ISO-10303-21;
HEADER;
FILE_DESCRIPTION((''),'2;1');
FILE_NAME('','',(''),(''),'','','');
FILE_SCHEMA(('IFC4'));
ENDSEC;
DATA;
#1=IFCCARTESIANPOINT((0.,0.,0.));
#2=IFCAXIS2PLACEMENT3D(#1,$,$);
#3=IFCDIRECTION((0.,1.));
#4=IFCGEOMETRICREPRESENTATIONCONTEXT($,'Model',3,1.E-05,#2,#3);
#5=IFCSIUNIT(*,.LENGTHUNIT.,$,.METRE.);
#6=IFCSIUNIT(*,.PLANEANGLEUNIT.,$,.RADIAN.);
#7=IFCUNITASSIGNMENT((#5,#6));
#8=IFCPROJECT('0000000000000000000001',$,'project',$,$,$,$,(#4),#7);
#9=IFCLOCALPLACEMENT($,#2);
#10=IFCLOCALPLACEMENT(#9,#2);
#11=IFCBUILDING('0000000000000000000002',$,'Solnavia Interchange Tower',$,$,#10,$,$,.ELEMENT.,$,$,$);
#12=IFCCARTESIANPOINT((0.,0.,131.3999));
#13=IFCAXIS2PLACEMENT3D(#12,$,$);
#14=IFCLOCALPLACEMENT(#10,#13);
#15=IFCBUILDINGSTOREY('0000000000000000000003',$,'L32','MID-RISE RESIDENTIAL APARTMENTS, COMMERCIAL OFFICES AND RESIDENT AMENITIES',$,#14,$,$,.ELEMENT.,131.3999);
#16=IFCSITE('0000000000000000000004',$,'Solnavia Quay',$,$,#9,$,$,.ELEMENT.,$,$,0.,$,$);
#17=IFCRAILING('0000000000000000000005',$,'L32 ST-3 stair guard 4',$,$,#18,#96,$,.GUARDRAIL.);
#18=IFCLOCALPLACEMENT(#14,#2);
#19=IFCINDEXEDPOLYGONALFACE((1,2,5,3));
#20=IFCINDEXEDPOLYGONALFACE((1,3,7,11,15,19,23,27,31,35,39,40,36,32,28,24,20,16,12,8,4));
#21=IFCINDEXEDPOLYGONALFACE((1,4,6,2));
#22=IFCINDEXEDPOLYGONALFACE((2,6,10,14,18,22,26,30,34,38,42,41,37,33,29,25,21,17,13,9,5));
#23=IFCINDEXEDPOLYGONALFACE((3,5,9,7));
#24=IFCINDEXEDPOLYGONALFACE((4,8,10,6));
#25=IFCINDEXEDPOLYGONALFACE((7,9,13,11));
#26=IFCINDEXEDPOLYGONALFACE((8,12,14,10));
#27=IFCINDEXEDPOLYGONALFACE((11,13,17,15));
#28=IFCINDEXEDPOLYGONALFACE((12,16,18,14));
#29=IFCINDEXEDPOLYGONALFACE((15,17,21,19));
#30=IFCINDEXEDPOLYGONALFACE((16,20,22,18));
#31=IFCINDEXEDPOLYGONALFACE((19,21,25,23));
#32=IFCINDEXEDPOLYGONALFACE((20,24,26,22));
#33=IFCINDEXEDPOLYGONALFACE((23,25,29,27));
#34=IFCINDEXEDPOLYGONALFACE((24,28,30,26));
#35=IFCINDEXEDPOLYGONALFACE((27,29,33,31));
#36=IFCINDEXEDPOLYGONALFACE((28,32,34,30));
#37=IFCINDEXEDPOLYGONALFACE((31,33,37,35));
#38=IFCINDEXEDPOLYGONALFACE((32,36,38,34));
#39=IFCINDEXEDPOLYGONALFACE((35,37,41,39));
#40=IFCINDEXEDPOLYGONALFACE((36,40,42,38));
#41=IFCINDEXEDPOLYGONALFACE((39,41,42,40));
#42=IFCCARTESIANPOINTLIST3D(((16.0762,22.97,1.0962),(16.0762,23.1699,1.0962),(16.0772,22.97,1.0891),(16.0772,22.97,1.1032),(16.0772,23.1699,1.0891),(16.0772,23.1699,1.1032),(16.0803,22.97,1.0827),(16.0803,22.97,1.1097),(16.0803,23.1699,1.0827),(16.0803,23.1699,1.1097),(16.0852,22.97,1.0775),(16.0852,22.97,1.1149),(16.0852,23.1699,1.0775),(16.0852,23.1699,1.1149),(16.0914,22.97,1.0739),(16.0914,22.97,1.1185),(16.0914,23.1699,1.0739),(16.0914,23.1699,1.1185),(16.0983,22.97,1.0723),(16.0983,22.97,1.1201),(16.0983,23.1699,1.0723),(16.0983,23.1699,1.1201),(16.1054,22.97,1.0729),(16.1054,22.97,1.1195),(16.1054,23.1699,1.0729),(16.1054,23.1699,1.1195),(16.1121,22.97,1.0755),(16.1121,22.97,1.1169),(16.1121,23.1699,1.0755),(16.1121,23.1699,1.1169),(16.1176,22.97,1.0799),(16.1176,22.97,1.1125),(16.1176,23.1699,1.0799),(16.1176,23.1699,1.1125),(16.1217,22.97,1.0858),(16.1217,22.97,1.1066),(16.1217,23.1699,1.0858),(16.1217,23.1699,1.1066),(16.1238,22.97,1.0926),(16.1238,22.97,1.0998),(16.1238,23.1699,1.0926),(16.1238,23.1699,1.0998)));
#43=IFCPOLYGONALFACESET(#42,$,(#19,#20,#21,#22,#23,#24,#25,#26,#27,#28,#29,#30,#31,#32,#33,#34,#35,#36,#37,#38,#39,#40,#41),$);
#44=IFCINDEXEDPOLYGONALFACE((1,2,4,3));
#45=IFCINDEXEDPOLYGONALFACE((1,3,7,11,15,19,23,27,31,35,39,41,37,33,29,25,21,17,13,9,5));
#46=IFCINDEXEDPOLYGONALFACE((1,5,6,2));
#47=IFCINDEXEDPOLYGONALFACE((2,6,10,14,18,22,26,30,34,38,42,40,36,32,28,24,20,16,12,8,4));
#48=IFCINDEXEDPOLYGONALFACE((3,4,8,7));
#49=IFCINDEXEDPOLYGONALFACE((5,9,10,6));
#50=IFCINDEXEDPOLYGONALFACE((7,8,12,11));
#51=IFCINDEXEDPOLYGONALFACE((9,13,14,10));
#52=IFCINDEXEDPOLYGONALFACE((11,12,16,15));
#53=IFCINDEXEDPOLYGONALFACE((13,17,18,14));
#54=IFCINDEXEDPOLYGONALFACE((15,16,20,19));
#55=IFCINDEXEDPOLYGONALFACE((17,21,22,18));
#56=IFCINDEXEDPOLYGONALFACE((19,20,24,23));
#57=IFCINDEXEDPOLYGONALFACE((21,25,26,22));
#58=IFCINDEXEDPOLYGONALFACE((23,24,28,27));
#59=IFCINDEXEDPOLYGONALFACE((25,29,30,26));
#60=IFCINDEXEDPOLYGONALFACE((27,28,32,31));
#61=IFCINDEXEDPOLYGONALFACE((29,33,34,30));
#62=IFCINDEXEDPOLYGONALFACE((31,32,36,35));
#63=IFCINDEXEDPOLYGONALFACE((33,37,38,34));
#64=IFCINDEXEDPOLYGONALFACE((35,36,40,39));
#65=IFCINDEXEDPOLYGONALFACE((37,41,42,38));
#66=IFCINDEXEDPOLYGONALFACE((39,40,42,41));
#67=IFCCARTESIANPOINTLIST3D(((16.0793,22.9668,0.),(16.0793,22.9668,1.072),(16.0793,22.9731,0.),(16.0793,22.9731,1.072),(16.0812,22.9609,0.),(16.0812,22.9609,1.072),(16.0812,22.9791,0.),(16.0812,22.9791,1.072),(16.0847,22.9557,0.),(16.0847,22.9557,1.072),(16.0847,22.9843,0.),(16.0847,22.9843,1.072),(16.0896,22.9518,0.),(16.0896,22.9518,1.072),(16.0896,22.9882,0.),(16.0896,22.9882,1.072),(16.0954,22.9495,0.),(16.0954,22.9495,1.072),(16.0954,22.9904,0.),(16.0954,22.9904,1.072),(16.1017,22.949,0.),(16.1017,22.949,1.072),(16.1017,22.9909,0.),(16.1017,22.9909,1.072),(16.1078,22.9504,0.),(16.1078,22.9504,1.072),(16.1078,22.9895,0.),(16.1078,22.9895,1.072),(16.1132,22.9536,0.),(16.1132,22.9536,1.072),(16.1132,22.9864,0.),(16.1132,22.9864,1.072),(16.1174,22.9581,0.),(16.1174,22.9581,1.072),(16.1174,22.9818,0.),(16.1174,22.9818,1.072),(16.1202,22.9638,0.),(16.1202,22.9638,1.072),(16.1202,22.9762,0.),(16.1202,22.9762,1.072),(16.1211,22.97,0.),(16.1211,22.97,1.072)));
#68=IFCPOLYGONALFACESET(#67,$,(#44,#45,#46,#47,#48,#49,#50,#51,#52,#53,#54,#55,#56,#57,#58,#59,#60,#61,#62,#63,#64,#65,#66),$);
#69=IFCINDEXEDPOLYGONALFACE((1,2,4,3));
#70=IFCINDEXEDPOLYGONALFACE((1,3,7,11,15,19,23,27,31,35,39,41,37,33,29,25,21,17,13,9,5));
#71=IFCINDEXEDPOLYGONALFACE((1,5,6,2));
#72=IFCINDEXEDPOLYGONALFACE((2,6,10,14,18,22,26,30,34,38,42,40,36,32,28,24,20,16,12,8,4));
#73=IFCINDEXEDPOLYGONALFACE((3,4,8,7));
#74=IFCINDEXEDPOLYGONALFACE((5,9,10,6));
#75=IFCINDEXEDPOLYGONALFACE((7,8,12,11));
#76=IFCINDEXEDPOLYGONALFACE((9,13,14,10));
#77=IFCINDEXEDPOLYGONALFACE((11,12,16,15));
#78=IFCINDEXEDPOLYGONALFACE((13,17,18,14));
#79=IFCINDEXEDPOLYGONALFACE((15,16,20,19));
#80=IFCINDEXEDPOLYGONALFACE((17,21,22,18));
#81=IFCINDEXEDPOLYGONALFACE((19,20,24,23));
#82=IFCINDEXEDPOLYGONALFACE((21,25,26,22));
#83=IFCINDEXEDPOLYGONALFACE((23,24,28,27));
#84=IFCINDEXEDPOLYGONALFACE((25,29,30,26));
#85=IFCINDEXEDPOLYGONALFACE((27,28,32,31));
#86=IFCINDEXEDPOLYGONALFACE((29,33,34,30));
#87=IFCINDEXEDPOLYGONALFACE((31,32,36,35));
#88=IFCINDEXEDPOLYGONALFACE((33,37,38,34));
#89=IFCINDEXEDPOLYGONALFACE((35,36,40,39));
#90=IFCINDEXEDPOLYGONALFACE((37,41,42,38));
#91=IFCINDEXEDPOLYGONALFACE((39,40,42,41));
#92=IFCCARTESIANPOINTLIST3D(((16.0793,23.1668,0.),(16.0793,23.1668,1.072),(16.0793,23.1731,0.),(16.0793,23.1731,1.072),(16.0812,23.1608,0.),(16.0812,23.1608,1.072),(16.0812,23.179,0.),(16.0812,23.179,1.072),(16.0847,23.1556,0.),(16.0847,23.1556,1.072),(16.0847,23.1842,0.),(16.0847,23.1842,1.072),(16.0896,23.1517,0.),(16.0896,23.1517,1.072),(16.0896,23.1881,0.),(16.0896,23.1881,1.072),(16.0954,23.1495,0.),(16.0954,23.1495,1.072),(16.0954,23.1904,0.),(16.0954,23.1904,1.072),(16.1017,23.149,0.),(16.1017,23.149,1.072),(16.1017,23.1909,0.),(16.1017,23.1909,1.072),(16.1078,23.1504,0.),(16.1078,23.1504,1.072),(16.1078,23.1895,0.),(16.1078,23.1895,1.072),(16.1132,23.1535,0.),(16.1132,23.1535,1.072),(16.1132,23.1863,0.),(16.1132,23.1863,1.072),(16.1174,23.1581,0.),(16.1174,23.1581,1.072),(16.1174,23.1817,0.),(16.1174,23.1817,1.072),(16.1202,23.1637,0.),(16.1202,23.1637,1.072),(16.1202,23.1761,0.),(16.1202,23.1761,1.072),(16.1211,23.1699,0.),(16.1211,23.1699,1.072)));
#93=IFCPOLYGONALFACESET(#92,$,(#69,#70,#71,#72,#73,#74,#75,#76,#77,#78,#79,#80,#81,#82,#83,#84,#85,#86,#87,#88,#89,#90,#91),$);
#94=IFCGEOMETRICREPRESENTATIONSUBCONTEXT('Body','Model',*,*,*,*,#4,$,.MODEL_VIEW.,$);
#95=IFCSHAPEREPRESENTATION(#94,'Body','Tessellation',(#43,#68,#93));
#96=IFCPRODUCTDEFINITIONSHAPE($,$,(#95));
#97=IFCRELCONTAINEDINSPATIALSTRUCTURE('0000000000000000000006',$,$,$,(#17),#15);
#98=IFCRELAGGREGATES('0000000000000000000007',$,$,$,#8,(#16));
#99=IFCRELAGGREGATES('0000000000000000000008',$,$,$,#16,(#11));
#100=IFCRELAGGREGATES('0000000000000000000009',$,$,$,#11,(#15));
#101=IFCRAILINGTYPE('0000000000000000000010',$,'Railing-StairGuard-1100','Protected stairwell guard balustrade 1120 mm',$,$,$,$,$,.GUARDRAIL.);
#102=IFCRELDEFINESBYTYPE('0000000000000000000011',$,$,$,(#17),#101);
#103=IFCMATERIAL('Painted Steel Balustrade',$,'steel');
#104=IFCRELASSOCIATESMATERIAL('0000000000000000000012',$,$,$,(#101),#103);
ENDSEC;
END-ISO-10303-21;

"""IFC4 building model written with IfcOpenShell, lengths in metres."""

from ifc_helpers import new_model, si_unit, direction, frame, origin, origin_2d, place, context, subcontext, project, spatial, circle, extrude, material, type_object, element, save


model = new_model("IFC4")

# Units and contexts
model_context = context("Model", 3, precision=1e-05, world=origin(), true_north=direction((0.0, 1.0)))
body_context = subcontext(model_context, "Body", "Model", "MODEL_VIEW")
ifc_project = project(units=[si_unit("LENGTHUNIT", "METRE"), si_unit("PLANEANGLEUNIT", "RADIAN")], contexts=[model_context])

# Site, building, storey
site_placement = place(None, origin())
site = spatial("IfcSite", under=ifc_project, at=site_placement, Name="Solnavia Quay", CompositionType="ELEMENT", RefElevation=0.0)
building_placement = place(site_placement, origin())
building = spatial("IfcBuilding", under=site, at=building_placement, Name="Solnavia Interchange Tower", CompositionType="ELEMENT")
storey_placement = place(building_placement, frame((0.0, 0.0, 131.3999)))
storey = spatial("IfcBuildingStorey", under=building, at=storey_placement, Name="L32", Description="MID-RISE RESIDENTIAL APARTMENTS, COMMERCIAL OFFICES AND RESIDENT AMENITIES", CompositionType="ELEMENT", Elevation=131.3999)

# Railing
ifc_material_1 = material(Name="Painted Steel Balustrade", Category="steel")
railing_type_1 = type_object("IfcRailingType", Name="Railing-StairGuard-1100", Description="Protected stairwell guard balustrade 1120 mm", PredefinedType="GUARDRAIL", material=ifc_material_1)
railing_1_placement = place(storey_placement, frame((16.1001, 22.97, 0.0)))
element("IfcRailing", 1, at=railing_1_placement, inside=storey, type_object=railing_type_1, Name="L32 ST-3 stair guard 4", PredefinedType="GUARDRAIL", context=body_context, shape_type="SweptSolid", body=[
    extrude(circle(Radius=0.0239, at=origin_2d()), frame((0.0, 0.0, 1.0962), z_axis=(0.0, 1.0, 0.0), x_axis=(-1.0, 0.0, 0.0)), (0.0, 0.0, 1.0), 0.2),
    extrude(circle(Radius=0.021, at=origin_2d()), origin(), (0.0, 0.0, 1.0), 1.072),
    extrude(circle(Radius=0.021, at=origin_2d()), frame((0.0, 0.2, 0.0)), (0.0, 0.0, 1.0), 1.072),
])

save(model, "model.ifc")
